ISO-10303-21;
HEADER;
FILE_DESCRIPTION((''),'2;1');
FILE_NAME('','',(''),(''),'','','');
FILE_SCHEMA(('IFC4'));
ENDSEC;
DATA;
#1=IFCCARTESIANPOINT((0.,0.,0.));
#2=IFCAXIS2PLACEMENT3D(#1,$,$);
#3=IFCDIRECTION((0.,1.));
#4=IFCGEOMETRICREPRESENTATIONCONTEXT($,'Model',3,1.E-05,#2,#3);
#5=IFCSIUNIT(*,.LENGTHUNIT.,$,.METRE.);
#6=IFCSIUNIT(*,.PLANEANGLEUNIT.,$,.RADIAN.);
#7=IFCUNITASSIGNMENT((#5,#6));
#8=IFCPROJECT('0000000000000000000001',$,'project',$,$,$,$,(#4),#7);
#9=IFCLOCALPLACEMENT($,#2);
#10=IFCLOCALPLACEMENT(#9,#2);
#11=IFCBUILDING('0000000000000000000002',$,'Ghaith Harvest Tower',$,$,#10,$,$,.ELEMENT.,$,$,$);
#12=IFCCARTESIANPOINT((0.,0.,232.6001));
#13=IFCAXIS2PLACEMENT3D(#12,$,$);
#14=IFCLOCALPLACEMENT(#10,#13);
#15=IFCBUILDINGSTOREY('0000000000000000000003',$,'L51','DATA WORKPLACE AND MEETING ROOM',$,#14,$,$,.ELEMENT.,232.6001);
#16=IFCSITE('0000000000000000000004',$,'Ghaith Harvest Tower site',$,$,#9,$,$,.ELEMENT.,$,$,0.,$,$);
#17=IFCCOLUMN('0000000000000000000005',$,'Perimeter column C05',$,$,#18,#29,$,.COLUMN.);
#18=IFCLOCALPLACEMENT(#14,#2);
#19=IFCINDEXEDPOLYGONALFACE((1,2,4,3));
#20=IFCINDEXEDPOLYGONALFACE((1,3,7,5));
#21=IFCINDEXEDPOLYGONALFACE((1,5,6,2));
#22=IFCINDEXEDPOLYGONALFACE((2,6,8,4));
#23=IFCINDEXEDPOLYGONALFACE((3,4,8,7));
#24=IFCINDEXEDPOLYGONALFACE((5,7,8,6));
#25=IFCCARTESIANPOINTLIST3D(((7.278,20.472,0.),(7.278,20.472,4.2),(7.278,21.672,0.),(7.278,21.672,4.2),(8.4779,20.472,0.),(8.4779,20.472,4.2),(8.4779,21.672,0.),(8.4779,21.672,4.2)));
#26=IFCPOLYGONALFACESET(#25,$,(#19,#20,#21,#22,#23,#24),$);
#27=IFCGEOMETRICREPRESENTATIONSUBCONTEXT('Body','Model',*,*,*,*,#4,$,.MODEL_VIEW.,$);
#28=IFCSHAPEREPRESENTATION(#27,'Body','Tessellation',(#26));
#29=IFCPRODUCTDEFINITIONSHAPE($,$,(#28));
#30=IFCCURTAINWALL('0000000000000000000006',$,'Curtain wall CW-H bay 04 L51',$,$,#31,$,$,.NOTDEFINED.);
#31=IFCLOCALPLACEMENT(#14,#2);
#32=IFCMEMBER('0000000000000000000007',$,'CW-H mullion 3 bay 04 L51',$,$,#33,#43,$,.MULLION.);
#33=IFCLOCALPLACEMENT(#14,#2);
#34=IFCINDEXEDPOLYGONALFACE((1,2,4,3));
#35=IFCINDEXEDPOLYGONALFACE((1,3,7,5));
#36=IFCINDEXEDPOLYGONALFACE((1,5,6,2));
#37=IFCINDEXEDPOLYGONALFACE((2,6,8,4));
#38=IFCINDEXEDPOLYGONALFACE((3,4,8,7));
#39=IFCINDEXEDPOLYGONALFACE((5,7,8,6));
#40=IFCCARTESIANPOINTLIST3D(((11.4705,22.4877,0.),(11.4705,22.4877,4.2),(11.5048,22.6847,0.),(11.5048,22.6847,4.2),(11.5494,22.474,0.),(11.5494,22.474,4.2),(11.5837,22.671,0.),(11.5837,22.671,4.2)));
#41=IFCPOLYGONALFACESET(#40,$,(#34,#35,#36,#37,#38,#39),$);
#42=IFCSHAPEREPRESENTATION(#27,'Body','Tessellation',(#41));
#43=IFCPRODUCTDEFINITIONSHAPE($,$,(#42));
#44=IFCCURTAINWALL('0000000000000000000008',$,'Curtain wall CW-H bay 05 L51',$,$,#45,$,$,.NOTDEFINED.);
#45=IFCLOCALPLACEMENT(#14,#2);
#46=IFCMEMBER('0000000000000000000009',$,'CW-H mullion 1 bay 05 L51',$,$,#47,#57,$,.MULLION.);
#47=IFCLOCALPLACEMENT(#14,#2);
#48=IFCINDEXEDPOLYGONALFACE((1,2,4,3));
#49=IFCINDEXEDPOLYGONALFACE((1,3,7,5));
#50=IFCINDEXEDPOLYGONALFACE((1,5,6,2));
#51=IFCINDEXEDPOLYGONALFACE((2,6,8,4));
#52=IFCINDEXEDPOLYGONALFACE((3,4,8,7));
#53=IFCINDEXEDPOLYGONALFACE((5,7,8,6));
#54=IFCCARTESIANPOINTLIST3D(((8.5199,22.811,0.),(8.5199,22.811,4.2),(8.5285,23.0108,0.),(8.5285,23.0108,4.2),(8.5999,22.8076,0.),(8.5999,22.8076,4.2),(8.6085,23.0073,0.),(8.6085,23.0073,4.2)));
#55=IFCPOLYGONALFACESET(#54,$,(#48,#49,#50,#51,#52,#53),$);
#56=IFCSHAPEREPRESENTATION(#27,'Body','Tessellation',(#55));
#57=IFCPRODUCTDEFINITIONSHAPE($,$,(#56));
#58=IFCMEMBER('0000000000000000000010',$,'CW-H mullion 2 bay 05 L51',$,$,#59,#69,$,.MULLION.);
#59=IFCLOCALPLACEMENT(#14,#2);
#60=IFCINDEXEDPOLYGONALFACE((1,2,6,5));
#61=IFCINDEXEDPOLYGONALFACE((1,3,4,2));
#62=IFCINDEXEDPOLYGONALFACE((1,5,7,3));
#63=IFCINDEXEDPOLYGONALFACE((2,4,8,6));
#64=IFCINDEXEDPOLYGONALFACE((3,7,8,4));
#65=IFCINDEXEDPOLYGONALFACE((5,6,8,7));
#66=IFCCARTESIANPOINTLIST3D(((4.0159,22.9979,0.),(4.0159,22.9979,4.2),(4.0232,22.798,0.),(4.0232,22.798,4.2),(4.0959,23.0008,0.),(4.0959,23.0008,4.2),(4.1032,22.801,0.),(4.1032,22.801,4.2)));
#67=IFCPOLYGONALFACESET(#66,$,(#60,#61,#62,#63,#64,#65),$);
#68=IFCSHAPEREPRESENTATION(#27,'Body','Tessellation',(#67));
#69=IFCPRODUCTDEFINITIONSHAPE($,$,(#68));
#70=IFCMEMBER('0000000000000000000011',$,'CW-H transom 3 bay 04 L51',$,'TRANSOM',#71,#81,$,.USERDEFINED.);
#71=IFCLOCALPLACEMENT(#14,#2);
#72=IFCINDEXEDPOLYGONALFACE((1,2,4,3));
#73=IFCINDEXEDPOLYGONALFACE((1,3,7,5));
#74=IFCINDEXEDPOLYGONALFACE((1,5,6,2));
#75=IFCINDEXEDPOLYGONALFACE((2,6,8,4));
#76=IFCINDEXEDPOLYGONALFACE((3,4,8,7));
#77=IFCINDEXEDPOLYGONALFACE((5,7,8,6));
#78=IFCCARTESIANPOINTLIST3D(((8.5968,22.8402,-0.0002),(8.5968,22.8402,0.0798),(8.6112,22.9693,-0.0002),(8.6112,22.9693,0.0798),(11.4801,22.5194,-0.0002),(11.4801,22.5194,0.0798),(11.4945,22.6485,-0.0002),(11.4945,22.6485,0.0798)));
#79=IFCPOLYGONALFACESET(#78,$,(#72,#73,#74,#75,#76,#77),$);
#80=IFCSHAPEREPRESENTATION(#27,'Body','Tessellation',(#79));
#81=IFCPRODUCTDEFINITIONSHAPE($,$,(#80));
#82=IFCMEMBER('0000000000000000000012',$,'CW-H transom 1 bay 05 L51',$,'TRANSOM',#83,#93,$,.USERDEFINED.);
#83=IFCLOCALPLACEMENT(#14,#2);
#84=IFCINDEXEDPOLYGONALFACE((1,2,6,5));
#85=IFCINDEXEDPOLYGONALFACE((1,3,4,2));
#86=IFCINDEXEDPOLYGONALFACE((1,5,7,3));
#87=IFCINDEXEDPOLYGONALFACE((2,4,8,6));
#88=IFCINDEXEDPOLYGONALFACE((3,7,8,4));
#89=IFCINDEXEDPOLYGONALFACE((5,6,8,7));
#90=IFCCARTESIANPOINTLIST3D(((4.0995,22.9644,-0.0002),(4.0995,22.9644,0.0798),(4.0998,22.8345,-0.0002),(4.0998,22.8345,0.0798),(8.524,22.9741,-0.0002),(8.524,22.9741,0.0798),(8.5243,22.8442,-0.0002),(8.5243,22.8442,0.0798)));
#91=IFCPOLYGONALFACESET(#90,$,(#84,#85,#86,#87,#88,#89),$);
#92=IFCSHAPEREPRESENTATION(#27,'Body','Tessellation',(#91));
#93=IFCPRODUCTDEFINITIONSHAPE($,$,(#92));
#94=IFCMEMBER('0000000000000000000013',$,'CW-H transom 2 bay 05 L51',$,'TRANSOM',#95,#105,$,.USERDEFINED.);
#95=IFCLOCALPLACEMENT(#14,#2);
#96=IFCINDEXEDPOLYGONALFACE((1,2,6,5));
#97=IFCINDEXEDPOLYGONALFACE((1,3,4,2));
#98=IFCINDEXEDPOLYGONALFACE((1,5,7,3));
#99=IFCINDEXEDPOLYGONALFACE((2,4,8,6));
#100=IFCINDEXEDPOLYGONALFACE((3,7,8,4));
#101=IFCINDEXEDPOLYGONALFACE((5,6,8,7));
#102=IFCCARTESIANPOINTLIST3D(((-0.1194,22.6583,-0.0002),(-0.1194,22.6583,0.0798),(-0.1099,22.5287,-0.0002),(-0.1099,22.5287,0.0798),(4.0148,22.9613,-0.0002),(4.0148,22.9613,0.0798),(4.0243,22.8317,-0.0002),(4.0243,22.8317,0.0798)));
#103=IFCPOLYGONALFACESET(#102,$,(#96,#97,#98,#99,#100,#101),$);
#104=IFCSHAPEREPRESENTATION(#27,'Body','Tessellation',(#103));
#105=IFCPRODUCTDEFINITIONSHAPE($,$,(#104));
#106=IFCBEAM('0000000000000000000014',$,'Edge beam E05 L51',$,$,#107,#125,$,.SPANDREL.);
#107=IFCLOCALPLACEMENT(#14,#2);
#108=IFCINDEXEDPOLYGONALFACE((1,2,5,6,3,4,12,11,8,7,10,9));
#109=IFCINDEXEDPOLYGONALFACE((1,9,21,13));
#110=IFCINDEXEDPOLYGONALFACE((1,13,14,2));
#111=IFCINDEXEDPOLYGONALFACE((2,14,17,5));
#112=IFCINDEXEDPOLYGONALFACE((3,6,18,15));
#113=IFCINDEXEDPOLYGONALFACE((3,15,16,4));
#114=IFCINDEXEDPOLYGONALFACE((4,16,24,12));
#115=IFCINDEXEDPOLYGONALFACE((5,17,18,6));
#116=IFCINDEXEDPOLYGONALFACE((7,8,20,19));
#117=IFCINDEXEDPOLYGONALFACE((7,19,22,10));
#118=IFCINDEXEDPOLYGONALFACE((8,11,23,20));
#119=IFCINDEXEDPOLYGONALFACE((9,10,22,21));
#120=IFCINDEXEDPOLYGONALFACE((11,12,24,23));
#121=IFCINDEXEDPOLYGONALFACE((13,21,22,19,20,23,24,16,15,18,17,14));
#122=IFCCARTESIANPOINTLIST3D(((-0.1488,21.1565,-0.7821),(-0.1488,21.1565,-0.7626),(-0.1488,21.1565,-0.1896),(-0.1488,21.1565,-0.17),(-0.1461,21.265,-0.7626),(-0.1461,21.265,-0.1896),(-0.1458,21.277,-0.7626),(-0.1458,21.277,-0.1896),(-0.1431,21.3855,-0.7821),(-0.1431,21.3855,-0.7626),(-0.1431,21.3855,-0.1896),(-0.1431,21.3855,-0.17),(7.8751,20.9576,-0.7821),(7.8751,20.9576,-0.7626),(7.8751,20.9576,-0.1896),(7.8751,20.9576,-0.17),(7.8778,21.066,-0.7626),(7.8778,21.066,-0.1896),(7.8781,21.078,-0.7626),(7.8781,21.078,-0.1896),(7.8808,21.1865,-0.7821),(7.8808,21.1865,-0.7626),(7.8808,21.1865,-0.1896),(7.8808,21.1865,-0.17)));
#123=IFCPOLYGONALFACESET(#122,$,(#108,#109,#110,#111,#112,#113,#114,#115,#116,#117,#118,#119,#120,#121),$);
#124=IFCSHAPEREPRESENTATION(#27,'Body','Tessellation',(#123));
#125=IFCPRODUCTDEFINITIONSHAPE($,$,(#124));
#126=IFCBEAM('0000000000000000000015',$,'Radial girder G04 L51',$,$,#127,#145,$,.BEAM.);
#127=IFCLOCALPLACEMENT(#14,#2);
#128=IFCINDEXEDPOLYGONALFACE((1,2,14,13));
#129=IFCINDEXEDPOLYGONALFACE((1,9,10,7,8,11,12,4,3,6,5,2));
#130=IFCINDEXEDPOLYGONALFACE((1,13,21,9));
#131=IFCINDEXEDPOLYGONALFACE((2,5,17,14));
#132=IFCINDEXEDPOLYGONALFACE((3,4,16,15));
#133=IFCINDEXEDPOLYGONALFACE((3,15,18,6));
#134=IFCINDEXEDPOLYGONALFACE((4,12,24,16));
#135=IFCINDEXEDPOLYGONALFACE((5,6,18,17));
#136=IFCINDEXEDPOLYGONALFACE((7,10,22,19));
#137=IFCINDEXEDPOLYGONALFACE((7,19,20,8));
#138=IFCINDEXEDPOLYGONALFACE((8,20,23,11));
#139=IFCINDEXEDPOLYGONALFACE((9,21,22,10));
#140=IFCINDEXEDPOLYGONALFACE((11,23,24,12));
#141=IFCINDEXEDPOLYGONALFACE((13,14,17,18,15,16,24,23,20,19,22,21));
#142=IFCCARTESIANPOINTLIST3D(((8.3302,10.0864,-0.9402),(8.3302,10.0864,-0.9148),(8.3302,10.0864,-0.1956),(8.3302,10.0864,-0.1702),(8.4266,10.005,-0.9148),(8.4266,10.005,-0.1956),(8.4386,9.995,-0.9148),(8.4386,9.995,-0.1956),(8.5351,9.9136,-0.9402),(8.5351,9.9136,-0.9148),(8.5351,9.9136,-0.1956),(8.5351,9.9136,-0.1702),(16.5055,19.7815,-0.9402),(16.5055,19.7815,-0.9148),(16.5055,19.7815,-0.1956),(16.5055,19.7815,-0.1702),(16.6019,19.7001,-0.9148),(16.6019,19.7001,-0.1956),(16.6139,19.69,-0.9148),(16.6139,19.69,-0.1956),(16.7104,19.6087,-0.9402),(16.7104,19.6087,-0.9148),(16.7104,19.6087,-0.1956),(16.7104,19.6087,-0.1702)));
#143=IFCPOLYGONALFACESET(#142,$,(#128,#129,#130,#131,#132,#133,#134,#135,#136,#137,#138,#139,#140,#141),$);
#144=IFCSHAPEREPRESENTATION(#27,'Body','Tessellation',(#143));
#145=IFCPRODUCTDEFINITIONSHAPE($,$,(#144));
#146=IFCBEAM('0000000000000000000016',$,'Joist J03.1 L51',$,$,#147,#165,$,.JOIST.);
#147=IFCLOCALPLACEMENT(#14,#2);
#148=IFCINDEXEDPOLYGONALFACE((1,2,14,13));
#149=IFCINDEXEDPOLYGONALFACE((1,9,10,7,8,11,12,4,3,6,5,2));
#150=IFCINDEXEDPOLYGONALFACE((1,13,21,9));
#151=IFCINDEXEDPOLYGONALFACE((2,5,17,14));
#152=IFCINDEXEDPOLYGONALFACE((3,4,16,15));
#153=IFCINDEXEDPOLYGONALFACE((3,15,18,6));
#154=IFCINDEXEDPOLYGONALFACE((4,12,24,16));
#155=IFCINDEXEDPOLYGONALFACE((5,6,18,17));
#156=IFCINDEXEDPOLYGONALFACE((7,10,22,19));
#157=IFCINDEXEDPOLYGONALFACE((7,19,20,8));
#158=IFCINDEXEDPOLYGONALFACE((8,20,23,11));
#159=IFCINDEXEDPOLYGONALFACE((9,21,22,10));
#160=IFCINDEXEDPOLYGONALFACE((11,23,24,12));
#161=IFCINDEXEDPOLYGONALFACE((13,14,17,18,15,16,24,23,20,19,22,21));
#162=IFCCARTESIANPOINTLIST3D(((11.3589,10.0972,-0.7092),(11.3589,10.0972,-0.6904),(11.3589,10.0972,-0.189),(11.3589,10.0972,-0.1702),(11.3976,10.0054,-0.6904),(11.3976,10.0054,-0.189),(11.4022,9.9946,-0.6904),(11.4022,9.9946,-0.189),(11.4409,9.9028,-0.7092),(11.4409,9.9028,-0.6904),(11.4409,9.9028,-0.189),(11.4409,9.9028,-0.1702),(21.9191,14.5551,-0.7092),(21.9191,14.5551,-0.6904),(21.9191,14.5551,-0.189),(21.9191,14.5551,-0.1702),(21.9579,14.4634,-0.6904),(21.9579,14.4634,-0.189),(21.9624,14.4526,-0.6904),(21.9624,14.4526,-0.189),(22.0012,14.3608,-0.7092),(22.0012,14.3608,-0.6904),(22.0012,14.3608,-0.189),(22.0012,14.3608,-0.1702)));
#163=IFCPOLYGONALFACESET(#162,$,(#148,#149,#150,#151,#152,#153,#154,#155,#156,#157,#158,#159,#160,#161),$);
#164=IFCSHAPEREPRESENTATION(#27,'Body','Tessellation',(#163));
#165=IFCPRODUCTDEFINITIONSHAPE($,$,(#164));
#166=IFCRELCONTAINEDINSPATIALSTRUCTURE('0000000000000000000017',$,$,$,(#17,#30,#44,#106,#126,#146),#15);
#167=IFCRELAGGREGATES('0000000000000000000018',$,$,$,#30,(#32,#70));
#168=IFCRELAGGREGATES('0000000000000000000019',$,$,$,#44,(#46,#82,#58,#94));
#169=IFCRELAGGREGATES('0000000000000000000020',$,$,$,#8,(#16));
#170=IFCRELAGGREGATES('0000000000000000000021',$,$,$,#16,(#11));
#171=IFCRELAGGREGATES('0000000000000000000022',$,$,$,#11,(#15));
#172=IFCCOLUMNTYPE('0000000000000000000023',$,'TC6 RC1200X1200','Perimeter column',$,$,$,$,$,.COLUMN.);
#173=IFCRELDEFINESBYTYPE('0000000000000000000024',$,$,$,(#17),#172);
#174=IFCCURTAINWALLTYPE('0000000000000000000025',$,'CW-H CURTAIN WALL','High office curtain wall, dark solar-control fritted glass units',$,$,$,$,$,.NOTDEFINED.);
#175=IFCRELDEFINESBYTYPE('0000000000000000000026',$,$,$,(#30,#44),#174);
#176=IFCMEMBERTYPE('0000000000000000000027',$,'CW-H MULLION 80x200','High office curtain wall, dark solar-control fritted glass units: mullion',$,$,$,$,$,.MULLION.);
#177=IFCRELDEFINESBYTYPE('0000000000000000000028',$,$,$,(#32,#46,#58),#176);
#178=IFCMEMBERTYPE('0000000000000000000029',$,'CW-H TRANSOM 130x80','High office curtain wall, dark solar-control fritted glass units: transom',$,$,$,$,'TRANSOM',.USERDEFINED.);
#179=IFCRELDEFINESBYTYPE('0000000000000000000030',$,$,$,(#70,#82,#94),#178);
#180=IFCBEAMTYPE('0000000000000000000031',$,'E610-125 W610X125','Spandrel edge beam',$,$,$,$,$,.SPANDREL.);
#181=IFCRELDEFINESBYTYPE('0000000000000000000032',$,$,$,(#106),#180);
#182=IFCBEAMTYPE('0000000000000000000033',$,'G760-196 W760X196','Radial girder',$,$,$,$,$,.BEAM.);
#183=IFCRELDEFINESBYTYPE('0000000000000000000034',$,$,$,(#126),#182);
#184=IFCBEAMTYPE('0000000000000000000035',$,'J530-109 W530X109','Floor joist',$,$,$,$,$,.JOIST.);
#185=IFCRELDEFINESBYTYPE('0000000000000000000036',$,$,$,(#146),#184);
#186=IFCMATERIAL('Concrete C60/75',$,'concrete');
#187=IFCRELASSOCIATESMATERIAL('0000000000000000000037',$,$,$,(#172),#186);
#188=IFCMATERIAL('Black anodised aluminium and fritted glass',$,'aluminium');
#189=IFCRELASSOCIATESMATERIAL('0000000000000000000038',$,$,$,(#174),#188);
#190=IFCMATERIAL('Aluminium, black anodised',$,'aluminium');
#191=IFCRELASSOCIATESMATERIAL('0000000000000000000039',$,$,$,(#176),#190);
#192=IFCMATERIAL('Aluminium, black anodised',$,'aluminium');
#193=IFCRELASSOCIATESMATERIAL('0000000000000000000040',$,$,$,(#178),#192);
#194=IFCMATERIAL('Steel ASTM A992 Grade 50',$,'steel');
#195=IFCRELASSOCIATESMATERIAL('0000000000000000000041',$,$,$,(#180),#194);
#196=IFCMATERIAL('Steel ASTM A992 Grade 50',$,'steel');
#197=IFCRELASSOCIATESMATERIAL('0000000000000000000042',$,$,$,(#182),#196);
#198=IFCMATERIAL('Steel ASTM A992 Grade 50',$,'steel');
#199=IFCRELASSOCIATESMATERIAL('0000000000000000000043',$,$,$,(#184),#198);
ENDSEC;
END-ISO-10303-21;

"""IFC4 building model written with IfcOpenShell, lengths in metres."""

from ifc_helpers import new_model, si_unit, direction, frame, origin, origin_2d, place, context, subcontext, project, spatial, rectangle, i_section, extrude, material, material_profile, profile_set, type_object, element, aggregate, save


model = new_model("IFC4")

# Units and contexts
model_context = context("Model", 3, precision=1e-05, world=origin(), true_north=direction((0.0, 1.0)))
body_context = subcontext(model_context, "Body", "Model", "MODEL_VIEW")
ifc_project = project(units=[si_unit("LENGTHUNIT", "METRE"), si_unit("PLANEANGLEUNIT", "RADIAN")], contexts=[model_context])

# Site, building, storey
site_placement = place(None, origin())
site = spatial("IfcSite", under=ifc_project, at=site_placement, Name="Ghaith Harvest Tower site", CompositionType="ELEMENT", RefElevation=0.0)
building_placement = place(site_placement, origin())
building = spatial("IfcBuilding", under=site, at=building_placement, Name="Ghaith Harvest Tower", CompositionType="ELEMENT")
storey_placement = place(building_placement, frame((0.0, 0.0, 232.6001)))
storey = spatial("IfcBuildingStorey", under=building, at=storey_placement, Name="L51", Description="DATA WORKPLACE AND MEETING ROOM", CompositionType="ELEMENT", Elevation=232.6001)

# Column
ifc_material_1 = material(Name="Concrete C60/75", Category="concrete")
ifc_material_profile_1 = material_profile(ifc_material_1, rectangle(XDim=1.2, YDim=1.2, at=origin_2d()), Name="RC1200X1200")
ifc_profile_set_1 = profile_set([ifc_material_profile_1], Name="Concrete C60/75")
column_type = type_object("IfcColumnType", Name="TC6 RC1200X1200", Description="Perimeter column", PredefinedType="COLUMN", material=ifc_profile_set_1)
column_placement = place(storey_placement, frame((7.8779, 21.072, 0.0), z_axis=(0.0, 0.0, 1.0), x_axis=(1.0, 0.0, 0.0)))
element("IfcColumn", 1, at=column_placement, inside=storey, type_object=column_type, Name="Perimeter column C05", PredefinedType="COLUMN", context=body_context, shape_type="SweptSolid", body=[
    extrude(rectangle(XDim=1.2, YDim=1.2, at=origin_2d()), origin(), (0.0, 0.0, 1.0), 4.2),
])

# Curtain wall, member
ifc_material_2 = material(Name="Black anodised aluminium and fritted glass", Category="aluminium")
curtain_wall_type = type_object("IfcCurtainWallType", Name="CW-H CURTAIN WALL", Description="High office curtain wall, dark solar-control fritted glass units", PredefinedType="NOTDEFINED", material=ifc_material_2)
curtain_wall_1_placement = place(storey_placement, origin())
curtain_wall_1 = element("IfcCurtainWall", 2, at=curtain_wall_1_placement, inside=storey, type_object=curtain_wall_type, Name="Curtain wall CW-H bay 04 L51", PredefinedType="NOTDEFINED")
ifc_material_3 = material(Name="Aluminium, black anodised", Category="aluminium")
ifc_material_profile_2 = material_profile(ifc_material_3, rectangle(XDim=0.0801, YDim=0.2, at=origin_2d()), Name="CW-H MULLION 80x200")
ifc_profile_set_2 = profile_set([ifc_material_profile_2], Name="Aluminium, black anodised")
member_type_1 = type_object("IfcMemberType", Name="CW-H MULLION 80x200", Description="High office curtain wall, dark solar-control fritted glass units: mullion", PredefinedType="MULLION", material=ifc_profile_set_2)
member_1_placement = place(storey_placement, frame((11.5271, 22.5793, 0.0), z_axis=(0.0, 0.0, 1.0), x_axis=(-0.985193, 0.171447, 0.0)))
member_1 = element("IfcMember", 3, at=member_1_placement, type_object=member_type_1, Name="CW-H mullion 3 bay 04 L51", PredefinedType="MULLION", context=body_context, shape_type="SweptSolid", body=[
    extrude(rectangle(XDim=0.0801, YDim=0.2, at=origin_2d()), origin(), (0.0, 0.0, 1.0), 4.2),
])

# Curtain wall, members
curtain_wall_2_placement = place(storey_placement, origin())
curtain_wall_2 = element("IfcCurtainWall", 4, at=curtain_wall_2_placement, inside=storey, type_object=curtain_wall_type, Name="Curtain wall CW-H bay 05 L51", PredefinedType="NOTDEFINED")
member_2_placement = place(storey_placement, frame((8.5642, 22.9092, 0.0), z_axis=(0.0, 0.0, 1.0), x_axis=(-0.999084, 0.042803, 0.0)))
member_2 = element("IfcMember", 5, at=member_2_placement, type_object=member_type_1, Name="CW-H mullion 1 bay 05 L51", PredefinedType="MULLION", context=body_context, shape_type="SweptSolid", body=[
    extrude(rectangle(XDim=0.0801, YDim=0.2, at=origin_2d()), origin(), (0.0, 0.0, 1.0), 4.2),
])
member_3_placement = place(storey_placement, frame((4.0596, 22.8994, 0.0), z_axis=(0.0, 0.0, 1.0), x_axis=(-0.999333, -0.036524, 0.0)))
member_3 = element("IfcMember", 6, at=member_3_placement, type_object=member_type_1, Name="CW-H mullion 2 bay 05 L51", PredefinedType="MULLION", context=body_context, shape_type="SweptSolid", body=[
    extrude(rectangle(XDim=0.0801, YDim=0.2, at=origin_2d()), origin(), (0.0, 0.0, 1.0), 4.2),
])

# Members
ifc_material_4 = material(Name="Aluminium, black anodised", Category="aluminium")
ifc_material_profile_3 = material_profile(ifc_material_4, rectangle(XDim=0.1299, YDim=0.0801, at=origin_2d()), Name="CW-H TRANSOM 130x80")
ifc_profile_set_3 = profile_set([ifc_material_profile_3], Name="Aluminium, black anodised")
member_type_2 = type_object("IfcMemberType", Name="CW-H TRANSOM 130x80", Description="High office curtain wall, dark solar-control fritted glass units: transom", ElementType="TRANSOM", PredefinedType="USERDEFINED", material=ifc_profile_set_3)
member_4_placement = place(storey_placement, frame((11.4873, 22.584, 0.0398), z_axis=(-0.993867, 0.110579, 0.0), x_axis=(-0.110579, -0.993867, 0.0)))
member_4 = element("IfcMember", 7, at=member_4_placement, type_object=member_type_2, Name="CW-H transom 3 bay 04 L51", ObjectType="TRANSOM", PredefinedType="USERDEFINED", context=body_context, shape_type="SweptSolid", body=[
    extrude(rectangle(XDim=0.1299, YDim=0.0801, at=origin_2d()), origin(), (0.0, 0.0, 1.0), 2.9011),
])
member_5_placement = place(storey_placement, frame((8.5242, 22.9092, 0.0398), z_axis=(-0.999998, -0.002207, 0.0), x_axis=(0.002207, -0.999998, 0.0)))
member_5 = element("IfcMember", 8, at=member_5_placement, type_object=member_type_2, Name="CW-H transom 1 bay 05 L51", ObjectType="TRANSOM", PredefinedType="USERDEFINED", context=body_context, shape_type="SweptSolid", body=[
    extrude(rectangle(XDim=0.1299, YDim=0.0801, at=origin_2d()), origin(), (0.0, 0.0, 1.0), 4.4246),
])
member_6_placement = place(storey_placement, frame((4.0195, 22.8965, 0.0398), z_axis=(-0.997325, -0.073089, 0.0), x_axis=(0.073089, -0.997325, 0.0)))
member_6 = element("IfcMember", 9, at=member_6_placement, type_object=member_type_2, Name="CW-H transom 2 bay 05 L51", ObjectType="TRANSOM", PredefinedType="USERDEFINED", context=body_context, shape_type="SweptSolid", body=[
    extrude(rectangle(XDim=0.1299, YDim=0.0801, at=origin_2d()), origin(), (0.0, 0.0, 1.0), 4.1453),
])

# Beams
ifc_material_5 = material(Name="Steel ASTM A992 Grade 50", Category="steel")
ifc_material_profile_4 = material_profile(ifc_material_5, i_section(OverallWidth=0.229, OverallDepth=0.6121, WebThickness=0.012, FlangeThickness=0.0195, at=origin_2d()), Name="W610X125")
ifc_profile_set_4 = profile_set([ifc_material_profile_4], Name="Steel ASTM A992 Grade 50")
beam_type_1 = type_object("IfcBeamType", Name="E610-125 W610X125", Description="Spandrel edge beam", PredefinedType="SPANDREL", material=ifc_profile_set_4)
beam_1_placement = place(storey_placement, frame((7.8779, 21.072, -0.4761), z_axis=(-0.999693, 0.02479, 0.0), x_axis=(-0.02479, -0.999693, 0.0)))
element("IfcBeam", 10, at=beam_1_placement, inside=storey, type_object=beam_type_1, Name="Edge beam E05 L51", PredefinedType="SPANDREL", context=body_context, shape_type="SweptSolid", body=[
    extrude(i_section(OverallWidth=0.229, OverallDepth=0.6121, WebThickness=0.012, FlangeThickness=0.0195, at=origin_2d()), origin(), (0.0, 0.0, 1.0), 8.0264),
])
ifc_material_6 = material(Name="Steel ASTM A992 Grade 50", Category="steel")
ifc_material_profile_5 = material_profile(ifc_material_6, i_section(OverallWidth=0.2681, OverallDepth=0.77, WebThickness=0.0156, FlangeThickness=0.0254, at=origin_2d()), Name="W760X196")
ifc_profile_set_5 = profile_set([ifc_material_profile_5], Name="Steel ASTM A992 Grade 50")
beam_type_2 = type_object("IfcBeamType", Name="G760-196 W760X196", Description="Radial girder", PredefinedType="BEAM", material=ifc_profile_set_5)
beam_2_placement = place(storey_placement, frame((8.4326, 10.0, -0.5552), z_axis=(0.644644, 0.764483, 0.0), x_axis=(-0.764483, 0.644644, 0.0)))
element("IfcBeam", 11, at=beam_2_placement, inside=storey, type_object=beam_type_2, Name="Radial girder G04 L51", PredefinedType="BEAM", context=body_context, shape_type="SweptSolid", body=[
    extrude(i_section(OverallWidth=0.2681, OverallDepth=0.77, WebThickness=0.0156, FlangeThickness=0.0254, at=origin_2d()), origin(), (0.0, 0.0, 1.0), 12.6819),
])
ifc_material_7 = material(Name="Steel ASTM A992 Grade 50", Category="steel")
ifc_material_profile_6 = material_profile(ifc_material_7, i_section(OverallWidth=0.2109, OverallDepth=0.5391, WebThickness=0.0117, FlangeThickness=0.0188, at=origin_2d()), Name="W530X109")
ifc_profile_set_6 = profile_set([ifc_material_profile_6], Name="Steel ASTM A992 Grade 50")
beam_type_3 = type_object("IfcBeamType", Name="J530-109 W530X109", Description="Floor joist", PredefinedType="JOIST", material=ifc_profile_set_6)
beam_3_placement = place(storey_placement, frame((11.3999, 10.0, -0.4397), z_axis=(0.921274, 0.388914, 0.0), x_axis=(-0.388914, 0.921274, 0.0)))
element("IfcBeam", 12, at=beam_3_placement, inside=storey, type_object=beam_type_3, Name="Joist J03.1 L51", PredefinedType="JOIST", context=body_context, shape_type="SweptSolid", body=[
    extrude(i_section(OverallWidth=0.2109, OverallDepth=0.5391, WebThickness=0.0117, FlangeThickness=0.0188, at=origin_2d()), origin(), (0.0, 0.0, 1.0), 11.4626),
])

aggregate(curtain_wall_1, [member_1, member_4])
aggregate(curtain_wall_2, [member_2, member_5, member_3, member_6])

save(model, "model.ifc")
